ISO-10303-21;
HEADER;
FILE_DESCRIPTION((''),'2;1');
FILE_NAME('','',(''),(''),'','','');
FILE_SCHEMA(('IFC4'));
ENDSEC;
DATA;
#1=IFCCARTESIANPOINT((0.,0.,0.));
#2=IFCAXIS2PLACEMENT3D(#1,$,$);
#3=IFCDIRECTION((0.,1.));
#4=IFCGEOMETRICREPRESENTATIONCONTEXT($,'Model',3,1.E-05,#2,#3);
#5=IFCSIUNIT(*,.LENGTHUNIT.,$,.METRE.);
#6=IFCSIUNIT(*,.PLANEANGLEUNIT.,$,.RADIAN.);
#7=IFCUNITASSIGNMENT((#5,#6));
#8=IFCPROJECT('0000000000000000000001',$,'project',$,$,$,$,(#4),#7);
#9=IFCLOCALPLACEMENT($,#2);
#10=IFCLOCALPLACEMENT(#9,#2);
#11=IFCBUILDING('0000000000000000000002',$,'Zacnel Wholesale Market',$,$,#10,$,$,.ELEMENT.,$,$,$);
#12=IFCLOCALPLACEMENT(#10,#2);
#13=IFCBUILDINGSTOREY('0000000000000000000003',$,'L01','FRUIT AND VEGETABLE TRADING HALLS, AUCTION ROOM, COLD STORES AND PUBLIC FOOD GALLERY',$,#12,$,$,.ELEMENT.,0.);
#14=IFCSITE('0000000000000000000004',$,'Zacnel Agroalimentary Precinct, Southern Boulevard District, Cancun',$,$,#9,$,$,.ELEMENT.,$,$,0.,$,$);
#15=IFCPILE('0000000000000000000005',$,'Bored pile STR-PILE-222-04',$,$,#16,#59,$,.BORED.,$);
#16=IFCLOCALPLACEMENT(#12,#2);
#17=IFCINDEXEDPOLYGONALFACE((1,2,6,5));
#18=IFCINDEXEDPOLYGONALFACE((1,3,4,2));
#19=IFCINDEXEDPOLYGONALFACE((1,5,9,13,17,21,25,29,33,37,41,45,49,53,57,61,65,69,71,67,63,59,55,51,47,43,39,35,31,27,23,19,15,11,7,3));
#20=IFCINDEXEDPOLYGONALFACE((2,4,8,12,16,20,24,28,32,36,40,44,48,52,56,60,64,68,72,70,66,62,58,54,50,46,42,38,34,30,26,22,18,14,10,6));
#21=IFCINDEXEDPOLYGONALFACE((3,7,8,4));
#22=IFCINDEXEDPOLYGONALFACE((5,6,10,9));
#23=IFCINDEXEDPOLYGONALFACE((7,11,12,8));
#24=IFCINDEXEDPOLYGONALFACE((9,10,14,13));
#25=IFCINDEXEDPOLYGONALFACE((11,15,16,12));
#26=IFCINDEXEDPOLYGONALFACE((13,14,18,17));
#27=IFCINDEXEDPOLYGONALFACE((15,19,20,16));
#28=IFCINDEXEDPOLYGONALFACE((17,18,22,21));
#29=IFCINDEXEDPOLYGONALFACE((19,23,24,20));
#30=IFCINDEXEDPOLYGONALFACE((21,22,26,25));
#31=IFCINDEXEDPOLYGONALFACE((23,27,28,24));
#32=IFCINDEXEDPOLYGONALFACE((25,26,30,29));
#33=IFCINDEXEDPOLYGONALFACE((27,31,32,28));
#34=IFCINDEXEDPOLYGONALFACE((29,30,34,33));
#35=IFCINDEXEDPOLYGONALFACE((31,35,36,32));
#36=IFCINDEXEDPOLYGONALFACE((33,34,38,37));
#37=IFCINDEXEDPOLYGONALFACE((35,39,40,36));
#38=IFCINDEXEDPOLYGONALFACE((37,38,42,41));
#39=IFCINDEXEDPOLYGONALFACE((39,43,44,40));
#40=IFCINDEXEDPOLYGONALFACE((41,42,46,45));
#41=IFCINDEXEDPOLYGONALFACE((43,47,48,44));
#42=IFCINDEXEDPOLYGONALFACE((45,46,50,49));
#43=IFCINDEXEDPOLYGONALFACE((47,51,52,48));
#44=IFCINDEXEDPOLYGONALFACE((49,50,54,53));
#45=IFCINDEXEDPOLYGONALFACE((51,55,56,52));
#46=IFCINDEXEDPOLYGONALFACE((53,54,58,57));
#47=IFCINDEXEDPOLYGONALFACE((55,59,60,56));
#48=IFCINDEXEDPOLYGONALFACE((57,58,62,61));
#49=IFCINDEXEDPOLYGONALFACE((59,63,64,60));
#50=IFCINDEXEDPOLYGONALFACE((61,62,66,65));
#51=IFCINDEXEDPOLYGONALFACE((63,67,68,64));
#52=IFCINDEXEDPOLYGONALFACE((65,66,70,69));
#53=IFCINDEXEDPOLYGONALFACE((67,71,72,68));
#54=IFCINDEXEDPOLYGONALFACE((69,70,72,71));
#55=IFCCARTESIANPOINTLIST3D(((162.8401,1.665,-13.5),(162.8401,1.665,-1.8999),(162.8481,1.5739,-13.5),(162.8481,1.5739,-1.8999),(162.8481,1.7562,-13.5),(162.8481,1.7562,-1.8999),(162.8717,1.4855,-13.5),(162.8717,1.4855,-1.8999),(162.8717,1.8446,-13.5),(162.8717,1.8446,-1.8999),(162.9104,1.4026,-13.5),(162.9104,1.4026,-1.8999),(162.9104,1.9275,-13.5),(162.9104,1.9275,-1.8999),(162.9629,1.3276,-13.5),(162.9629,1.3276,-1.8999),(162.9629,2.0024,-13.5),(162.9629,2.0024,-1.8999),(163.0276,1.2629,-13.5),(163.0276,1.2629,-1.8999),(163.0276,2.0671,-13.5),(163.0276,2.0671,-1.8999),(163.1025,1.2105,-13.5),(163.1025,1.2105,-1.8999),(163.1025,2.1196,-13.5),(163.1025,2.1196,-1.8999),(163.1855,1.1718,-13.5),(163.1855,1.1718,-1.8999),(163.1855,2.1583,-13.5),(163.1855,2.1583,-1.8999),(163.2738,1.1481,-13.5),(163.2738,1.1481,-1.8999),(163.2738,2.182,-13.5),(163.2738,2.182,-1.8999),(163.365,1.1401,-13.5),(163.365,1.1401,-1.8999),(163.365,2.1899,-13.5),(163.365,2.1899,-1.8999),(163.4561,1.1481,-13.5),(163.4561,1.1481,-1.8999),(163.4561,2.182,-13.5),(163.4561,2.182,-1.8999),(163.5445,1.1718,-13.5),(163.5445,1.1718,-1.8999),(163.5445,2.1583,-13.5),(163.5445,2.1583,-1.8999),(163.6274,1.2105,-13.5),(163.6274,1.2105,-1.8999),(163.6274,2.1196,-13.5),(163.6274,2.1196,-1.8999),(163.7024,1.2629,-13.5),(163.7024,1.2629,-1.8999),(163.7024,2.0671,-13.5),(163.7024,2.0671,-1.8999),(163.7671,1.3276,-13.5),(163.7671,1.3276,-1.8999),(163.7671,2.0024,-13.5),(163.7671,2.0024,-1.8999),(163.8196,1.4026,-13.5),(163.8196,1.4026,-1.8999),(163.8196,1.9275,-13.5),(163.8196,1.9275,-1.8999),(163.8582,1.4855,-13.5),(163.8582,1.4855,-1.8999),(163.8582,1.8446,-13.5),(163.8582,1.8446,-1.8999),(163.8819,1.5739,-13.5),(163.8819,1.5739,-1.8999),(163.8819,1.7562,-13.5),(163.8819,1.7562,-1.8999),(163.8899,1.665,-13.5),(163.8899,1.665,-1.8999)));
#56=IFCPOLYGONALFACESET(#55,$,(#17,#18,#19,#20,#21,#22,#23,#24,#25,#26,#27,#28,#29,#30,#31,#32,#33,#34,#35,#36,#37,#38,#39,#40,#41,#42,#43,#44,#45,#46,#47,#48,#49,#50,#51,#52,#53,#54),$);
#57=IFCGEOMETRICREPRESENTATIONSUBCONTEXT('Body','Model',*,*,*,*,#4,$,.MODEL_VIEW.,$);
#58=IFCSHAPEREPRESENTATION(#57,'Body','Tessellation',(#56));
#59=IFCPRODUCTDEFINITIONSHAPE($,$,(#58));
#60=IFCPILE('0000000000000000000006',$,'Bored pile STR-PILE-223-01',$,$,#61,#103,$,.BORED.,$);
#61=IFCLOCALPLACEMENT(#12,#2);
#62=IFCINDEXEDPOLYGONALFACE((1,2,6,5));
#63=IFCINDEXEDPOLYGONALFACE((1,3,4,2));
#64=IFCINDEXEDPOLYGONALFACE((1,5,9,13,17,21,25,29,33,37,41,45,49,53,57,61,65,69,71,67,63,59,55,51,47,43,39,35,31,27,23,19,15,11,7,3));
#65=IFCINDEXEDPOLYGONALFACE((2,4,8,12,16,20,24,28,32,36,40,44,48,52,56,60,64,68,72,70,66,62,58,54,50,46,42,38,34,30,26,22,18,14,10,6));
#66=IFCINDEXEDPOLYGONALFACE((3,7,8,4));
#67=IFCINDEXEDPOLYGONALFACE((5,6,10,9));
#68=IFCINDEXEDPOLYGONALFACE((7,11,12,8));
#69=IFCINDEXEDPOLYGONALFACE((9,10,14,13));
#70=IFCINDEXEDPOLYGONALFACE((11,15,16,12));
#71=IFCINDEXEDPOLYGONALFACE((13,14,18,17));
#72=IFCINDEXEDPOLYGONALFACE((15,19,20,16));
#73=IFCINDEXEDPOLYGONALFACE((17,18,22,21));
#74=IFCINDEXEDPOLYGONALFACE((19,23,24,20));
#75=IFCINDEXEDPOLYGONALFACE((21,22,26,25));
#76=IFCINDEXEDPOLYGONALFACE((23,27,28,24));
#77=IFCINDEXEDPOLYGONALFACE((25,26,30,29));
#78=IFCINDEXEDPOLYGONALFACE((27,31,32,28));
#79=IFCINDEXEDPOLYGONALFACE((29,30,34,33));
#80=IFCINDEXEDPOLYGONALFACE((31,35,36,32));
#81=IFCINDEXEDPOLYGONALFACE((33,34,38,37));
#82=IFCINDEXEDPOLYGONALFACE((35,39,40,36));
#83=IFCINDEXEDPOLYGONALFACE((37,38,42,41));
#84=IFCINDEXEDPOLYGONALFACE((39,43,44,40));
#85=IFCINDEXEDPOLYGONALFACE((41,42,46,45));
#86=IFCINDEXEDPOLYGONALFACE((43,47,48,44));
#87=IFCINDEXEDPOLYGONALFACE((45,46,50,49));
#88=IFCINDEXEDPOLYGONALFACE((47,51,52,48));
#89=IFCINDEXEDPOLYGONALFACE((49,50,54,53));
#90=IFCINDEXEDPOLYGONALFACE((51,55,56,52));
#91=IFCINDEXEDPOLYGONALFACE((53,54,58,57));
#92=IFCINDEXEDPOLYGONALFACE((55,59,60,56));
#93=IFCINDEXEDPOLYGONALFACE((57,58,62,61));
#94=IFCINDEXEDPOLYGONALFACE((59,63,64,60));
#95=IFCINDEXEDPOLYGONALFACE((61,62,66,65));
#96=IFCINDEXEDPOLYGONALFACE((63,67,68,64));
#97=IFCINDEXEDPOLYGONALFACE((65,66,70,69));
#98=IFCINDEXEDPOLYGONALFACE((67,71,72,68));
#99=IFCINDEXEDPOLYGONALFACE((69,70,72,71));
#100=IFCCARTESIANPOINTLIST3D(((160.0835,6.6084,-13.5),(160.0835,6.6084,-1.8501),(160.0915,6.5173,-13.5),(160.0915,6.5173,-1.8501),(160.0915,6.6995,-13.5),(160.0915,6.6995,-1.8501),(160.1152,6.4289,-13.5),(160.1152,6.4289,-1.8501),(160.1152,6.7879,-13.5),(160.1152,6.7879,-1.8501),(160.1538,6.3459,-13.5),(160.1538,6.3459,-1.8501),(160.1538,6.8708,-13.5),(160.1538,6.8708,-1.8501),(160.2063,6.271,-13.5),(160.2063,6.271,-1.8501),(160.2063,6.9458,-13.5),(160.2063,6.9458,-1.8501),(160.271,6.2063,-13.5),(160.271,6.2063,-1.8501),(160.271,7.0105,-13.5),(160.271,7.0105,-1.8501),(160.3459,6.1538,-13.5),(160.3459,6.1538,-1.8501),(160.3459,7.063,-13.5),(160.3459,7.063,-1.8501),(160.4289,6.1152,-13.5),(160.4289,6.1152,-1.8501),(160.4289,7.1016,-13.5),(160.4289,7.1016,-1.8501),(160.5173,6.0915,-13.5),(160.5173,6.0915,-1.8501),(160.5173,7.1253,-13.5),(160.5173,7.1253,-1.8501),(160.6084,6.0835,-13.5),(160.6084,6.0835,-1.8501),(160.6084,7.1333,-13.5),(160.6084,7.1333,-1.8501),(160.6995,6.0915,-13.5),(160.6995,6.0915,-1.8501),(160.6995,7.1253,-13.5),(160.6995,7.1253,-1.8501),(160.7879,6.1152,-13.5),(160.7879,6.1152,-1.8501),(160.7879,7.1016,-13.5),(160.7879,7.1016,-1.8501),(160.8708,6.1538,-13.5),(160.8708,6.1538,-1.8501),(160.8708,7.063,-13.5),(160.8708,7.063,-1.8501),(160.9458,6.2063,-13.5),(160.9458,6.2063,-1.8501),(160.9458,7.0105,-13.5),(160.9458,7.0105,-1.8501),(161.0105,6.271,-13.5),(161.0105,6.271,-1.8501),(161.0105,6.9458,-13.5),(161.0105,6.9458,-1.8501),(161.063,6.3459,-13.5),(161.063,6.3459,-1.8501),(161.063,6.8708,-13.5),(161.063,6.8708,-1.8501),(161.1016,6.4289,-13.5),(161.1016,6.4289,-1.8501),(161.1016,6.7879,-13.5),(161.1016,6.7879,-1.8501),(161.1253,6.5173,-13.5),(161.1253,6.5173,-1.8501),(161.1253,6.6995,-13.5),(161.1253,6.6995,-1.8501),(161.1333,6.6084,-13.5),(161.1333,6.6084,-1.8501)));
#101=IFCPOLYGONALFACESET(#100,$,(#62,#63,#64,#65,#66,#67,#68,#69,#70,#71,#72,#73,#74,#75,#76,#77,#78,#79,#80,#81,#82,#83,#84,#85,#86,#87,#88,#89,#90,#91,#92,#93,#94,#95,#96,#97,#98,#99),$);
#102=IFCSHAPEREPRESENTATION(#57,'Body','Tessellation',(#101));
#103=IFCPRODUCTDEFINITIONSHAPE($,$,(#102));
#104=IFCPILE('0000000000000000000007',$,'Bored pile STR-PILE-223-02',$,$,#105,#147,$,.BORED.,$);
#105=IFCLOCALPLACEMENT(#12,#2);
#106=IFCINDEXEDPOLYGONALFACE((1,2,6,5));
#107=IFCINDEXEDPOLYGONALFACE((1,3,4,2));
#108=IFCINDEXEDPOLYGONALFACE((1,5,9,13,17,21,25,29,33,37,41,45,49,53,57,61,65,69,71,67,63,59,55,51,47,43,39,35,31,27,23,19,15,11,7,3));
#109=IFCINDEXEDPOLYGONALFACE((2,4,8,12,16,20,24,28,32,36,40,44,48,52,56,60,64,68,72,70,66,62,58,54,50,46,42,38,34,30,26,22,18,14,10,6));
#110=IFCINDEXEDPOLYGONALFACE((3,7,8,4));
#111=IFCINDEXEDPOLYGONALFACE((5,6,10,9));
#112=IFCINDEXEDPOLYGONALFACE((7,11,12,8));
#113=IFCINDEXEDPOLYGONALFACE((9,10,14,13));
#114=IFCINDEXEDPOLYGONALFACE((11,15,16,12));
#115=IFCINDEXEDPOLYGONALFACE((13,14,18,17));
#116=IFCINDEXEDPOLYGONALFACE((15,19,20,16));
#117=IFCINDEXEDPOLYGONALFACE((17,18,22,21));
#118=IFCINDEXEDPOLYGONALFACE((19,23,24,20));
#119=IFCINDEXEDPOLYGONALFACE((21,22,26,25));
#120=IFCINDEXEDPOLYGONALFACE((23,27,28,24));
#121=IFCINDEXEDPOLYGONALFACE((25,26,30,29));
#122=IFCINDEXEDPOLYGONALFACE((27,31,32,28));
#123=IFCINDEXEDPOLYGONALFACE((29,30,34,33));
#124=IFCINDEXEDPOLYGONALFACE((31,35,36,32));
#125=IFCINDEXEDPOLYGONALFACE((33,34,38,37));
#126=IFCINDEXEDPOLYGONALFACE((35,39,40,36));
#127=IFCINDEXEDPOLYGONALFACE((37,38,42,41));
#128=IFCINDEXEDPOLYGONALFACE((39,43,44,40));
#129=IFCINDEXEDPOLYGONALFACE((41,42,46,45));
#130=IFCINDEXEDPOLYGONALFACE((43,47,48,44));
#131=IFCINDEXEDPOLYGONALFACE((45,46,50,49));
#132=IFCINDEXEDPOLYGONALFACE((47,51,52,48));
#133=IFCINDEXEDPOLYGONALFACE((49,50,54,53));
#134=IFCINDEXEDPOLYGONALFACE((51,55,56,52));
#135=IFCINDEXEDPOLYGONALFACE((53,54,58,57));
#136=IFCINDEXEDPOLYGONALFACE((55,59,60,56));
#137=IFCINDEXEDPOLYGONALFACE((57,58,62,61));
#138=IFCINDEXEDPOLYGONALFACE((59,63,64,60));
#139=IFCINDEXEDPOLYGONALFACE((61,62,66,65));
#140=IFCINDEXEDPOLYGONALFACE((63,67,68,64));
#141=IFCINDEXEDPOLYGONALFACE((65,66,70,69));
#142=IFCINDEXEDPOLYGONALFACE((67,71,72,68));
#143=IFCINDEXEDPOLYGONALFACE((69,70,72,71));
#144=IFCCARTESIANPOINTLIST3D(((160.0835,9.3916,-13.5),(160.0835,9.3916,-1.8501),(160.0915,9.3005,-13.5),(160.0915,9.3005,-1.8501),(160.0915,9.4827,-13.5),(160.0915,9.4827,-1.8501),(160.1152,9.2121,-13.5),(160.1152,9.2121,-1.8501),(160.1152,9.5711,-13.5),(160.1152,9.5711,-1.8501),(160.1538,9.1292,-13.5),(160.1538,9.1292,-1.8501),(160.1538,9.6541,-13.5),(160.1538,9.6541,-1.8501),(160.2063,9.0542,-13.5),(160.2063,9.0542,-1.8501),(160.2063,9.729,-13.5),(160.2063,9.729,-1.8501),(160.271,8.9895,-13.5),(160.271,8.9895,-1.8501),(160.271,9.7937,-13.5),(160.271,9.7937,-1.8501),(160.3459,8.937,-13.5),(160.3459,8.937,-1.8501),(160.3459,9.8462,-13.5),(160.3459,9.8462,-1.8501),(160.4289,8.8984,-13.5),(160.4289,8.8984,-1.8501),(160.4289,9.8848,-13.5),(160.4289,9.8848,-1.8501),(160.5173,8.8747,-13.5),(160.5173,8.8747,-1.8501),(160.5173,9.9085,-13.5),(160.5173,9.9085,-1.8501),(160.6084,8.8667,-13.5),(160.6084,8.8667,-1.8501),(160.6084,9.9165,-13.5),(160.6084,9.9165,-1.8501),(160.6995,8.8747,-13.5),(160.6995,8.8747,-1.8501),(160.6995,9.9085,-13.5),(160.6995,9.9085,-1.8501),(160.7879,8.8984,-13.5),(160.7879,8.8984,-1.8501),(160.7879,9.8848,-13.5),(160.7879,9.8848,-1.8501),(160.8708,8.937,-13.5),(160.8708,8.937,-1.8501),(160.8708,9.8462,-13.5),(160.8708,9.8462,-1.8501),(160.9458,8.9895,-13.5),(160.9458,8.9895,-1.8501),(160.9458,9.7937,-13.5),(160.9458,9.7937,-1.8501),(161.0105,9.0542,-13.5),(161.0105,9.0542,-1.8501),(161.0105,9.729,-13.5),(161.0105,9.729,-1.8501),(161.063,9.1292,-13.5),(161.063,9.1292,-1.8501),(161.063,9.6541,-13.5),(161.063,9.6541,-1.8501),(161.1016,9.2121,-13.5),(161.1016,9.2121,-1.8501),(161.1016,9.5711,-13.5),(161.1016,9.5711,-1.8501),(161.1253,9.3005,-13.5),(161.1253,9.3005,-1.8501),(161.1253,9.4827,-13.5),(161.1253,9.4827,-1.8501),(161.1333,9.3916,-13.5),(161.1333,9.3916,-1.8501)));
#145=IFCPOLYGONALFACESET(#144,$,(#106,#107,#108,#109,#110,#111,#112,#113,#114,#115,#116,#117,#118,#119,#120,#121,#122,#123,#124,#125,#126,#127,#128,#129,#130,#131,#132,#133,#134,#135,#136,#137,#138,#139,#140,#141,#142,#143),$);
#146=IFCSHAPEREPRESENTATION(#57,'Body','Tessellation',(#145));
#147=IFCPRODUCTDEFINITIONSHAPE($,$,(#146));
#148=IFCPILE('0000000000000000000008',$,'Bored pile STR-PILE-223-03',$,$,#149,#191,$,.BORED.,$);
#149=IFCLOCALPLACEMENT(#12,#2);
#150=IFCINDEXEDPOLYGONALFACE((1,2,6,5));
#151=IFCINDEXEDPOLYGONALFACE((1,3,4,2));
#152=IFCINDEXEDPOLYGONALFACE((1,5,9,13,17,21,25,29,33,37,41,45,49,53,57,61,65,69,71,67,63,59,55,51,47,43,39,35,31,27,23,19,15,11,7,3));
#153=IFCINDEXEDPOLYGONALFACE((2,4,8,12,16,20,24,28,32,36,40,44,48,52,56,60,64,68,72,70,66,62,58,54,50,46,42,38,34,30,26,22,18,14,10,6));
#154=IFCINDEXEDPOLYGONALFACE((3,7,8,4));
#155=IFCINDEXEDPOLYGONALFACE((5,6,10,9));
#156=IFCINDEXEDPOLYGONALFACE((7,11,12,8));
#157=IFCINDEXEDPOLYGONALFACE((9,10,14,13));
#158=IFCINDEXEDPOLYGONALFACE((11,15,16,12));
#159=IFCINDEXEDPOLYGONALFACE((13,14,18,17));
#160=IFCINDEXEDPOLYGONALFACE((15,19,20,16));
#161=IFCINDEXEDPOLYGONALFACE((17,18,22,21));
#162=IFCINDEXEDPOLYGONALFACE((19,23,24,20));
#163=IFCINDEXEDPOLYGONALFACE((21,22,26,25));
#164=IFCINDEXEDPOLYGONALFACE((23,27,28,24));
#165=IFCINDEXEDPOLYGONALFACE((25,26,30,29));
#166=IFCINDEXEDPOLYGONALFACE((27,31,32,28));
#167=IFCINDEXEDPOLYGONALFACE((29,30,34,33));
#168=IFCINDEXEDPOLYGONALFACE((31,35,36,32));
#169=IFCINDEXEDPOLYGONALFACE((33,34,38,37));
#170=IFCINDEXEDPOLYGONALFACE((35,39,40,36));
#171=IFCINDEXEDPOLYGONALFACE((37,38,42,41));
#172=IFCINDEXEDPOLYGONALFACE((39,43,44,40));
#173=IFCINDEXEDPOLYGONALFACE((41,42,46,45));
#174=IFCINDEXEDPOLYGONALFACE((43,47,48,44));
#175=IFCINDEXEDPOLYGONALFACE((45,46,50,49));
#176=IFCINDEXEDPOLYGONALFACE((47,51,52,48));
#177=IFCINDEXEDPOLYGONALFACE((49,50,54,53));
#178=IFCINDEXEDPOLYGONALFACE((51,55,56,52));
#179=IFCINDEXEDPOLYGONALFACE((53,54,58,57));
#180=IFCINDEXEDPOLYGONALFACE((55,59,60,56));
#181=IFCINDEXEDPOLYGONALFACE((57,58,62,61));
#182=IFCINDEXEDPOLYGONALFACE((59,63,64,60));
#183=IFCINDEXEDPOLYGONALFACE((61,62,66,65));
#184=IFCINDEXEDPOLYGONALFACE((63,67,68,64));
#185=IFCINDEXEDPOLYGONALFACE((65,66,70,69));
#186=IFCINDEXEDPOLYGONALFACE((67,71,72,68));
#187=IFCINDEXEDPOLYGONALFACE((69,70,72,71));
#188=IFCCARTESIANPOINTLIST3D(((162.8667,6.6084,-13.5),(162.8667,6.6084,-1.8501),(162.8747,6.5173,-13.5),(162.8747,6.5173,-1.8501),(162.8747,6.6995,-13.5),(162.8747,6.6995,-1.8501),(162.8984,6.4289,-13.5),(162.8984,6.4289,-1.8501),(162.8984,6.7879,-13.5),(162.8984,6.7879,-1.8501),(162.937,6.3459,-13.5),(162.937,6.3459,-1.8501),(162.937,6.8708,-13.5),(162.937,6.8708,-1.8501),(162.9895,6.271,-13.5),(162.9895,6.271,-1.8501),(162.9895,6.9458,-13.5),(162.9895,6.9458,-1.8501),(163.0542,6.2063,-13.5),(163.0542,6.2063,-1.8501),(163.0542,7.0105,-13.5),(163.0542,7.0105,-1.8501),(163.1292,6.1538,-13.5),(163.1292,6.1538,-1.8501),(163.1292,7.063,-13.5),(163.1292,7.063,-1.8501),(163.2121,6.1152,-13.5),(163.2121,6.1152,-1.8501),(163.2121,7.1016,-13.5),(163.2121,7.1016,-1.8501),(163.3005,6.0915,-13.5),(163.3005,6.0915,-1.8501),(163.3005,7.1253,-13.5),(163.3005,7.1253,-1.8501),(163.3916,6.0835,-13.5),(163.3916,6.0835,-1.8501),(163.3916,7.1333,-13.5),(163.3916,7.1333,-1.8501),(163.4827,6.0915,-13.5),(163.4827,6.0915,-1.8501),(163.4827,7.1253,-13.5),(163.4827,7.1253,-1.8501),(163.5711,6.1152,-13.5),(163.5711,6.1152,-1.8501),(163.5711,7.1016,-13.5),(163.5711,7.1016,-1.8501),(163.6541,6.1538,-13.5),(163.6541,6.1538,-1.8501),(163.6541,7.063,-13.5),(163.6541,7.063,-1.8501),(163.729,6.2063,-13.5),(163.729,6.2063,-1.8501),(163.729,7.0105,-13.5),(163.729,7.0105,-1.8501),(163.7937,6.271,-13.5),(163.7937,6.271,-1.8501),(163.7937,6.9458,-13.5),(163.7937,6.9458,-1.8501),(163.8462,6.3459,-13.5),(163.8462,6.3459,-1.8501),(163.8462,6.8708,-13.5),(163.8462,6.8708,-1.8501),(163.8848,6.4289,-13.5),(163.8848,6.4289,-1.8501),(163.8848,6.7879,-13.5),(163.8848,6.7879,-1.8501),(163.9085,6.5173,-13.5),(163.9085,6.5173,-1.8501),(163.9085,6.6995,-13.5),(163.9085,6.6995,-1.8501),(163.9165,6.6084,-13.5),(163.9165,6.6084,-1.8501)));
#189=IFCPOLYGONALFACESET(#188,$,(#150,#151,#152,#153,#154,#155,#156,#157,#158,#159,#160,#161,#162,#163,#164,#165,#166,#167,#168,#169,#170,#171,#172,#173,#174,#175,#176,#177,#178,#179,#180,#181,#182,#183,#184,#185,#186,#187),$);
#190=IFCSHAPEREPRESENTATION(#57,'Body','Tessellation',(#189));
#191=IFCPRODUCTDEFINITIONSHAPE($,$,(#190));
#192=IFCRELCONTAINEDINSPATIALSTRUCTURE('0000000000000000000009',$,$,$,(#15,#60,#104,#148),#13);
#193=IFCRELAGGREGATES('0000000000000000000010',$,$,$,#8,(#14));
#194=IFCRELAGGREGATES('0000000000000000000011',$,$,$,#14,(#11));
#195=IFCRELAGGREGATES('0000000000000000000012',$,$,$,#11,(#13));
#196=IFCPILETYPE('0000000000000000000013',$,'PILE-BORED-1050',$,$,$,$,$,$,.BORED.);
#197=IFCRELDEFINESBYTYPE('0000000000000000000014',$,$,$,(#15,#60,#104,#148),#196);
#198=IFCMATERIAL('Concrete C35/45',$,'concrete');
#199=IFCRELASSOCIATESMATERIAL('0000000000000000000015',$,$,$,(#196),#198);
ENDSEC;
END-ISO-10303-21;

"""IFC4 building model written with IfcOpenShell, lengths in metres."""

from ifc_helpers import new_model, si_unit, direction, frame, origin, origin_2d, place, context, subcontext, project, spatial, circle, extrude, material, material_profile, profile_set, type_object, element, save


model = new_model("IFC4")

# Units and contexts
model_context = context("Model", 3, precision=1e-05, world=origin(), true_north=direction((0.0, 1.0)))
body_context = subcontext(model_context, "Body", "Model", "MODEL_VIEW")
ifc_project = project(units=[si_unit("LENGTHUNIT", "METRE"), si_unit("PLANEANGLEUNIT", "RADIAN")], contexts=[model_context])

# Site, building, storey
site_placement = place(None, origin())
site = spatial("IfcSite", under=ifc_project, at=site_placement, Name="Zacnel Agroalimentary Precinct, Southern Boulevard District, Cancun", CompositionType="ELEMENT", RefElevation=0.0)
building_placement = place(site_placement, origin())
building = spatial("IfcBuilding", under=site, at=building_placement, Name="Zacnel Wholesale Market", CompositionType="ELEMENT")
storey_placement = place(building_placement, origin())
storey = spatial("IfcBuildingStorey", under=building, at=storey_placement, Name="L01", Description="FRUIT AND VEGETABLE TRADING HALLS, AUCTION ROOM, COLD STORES AND PUBLIC FOOD GALLERY", CompositionType="ELEMENT", Elevation=0.0)

# Piles
ifc_material_1 = material(Name="Concrete C35/45", Category="concrete")
ifc_material_profile_1 = material_profile(ifc_material_1, circle(Radius=0.5249, at=origin_2d()), Name="BORED PILE D1050")
ifc_profile_set_1 = profile_set([ifc_material_profile_1], Name="Concrete C35/45")
pile_type = type_object("IfcPileType", Name="PILE-BORED-1050", PredefinedType="BORED", material=ifc_profile_set_1)
for number, where, z_axis, x_axis, name in (
    (1, (163.365, 1.665, -1.8999), (0.0, 0.0, -1.0), (1.0, 0.0, 0.0), "Bored pile STR-PILE-222-04"),
):
    element("IfcPile", number, at=place(storey_placement, frame(where, z_axis=z_axis, x_axis=x_axis)), inside=storey, type_object=pile_type, Name=name, PredefinedType="BORED", context=body_context, shape_type="SweptSolid", body=[
        extrude(circle(Radius=0.5249, at=origin_2d()), origin(), (0.0, 0.0, 1.0), 11.6001),
    ])
for number, where, z_axis, x_axis, name in (
    (2, (160.6084, 6.6084, -1.8501), (0.0, 0.0, -1.0), (1.0, 0.0, 0.0), "Bored pile STR-PILE-223-01"),
    (3, (160.6084, 9.3916, -1.8501), (0.0, 0.0, -1.0), (1.0, 0.0, 0.0), "Bored pile STR-PILE-223-02"),
    (4, (163.3916, 6.6084, -1.8501), (0.0, 0.0, -1.0), (1.0, 0.0, 0.0), "Bored pile STR-PILE-223-03"),
):
    element("IfcPile", number, at=place(storey_placement, frame(where, z_axis=z_axis, x_axis=x_axis)), inside=storey, type_object=pile_type, Name=name, PredefinedType="BORED", context=body_context, shape_type="SweptSolid", body=[
        extrude(circle(Radius=0.5249, at=origin_2d()), origin(), (0.0, 0.0, 1.0), 11.6499),
    ])

save(model, "model.ifc")
